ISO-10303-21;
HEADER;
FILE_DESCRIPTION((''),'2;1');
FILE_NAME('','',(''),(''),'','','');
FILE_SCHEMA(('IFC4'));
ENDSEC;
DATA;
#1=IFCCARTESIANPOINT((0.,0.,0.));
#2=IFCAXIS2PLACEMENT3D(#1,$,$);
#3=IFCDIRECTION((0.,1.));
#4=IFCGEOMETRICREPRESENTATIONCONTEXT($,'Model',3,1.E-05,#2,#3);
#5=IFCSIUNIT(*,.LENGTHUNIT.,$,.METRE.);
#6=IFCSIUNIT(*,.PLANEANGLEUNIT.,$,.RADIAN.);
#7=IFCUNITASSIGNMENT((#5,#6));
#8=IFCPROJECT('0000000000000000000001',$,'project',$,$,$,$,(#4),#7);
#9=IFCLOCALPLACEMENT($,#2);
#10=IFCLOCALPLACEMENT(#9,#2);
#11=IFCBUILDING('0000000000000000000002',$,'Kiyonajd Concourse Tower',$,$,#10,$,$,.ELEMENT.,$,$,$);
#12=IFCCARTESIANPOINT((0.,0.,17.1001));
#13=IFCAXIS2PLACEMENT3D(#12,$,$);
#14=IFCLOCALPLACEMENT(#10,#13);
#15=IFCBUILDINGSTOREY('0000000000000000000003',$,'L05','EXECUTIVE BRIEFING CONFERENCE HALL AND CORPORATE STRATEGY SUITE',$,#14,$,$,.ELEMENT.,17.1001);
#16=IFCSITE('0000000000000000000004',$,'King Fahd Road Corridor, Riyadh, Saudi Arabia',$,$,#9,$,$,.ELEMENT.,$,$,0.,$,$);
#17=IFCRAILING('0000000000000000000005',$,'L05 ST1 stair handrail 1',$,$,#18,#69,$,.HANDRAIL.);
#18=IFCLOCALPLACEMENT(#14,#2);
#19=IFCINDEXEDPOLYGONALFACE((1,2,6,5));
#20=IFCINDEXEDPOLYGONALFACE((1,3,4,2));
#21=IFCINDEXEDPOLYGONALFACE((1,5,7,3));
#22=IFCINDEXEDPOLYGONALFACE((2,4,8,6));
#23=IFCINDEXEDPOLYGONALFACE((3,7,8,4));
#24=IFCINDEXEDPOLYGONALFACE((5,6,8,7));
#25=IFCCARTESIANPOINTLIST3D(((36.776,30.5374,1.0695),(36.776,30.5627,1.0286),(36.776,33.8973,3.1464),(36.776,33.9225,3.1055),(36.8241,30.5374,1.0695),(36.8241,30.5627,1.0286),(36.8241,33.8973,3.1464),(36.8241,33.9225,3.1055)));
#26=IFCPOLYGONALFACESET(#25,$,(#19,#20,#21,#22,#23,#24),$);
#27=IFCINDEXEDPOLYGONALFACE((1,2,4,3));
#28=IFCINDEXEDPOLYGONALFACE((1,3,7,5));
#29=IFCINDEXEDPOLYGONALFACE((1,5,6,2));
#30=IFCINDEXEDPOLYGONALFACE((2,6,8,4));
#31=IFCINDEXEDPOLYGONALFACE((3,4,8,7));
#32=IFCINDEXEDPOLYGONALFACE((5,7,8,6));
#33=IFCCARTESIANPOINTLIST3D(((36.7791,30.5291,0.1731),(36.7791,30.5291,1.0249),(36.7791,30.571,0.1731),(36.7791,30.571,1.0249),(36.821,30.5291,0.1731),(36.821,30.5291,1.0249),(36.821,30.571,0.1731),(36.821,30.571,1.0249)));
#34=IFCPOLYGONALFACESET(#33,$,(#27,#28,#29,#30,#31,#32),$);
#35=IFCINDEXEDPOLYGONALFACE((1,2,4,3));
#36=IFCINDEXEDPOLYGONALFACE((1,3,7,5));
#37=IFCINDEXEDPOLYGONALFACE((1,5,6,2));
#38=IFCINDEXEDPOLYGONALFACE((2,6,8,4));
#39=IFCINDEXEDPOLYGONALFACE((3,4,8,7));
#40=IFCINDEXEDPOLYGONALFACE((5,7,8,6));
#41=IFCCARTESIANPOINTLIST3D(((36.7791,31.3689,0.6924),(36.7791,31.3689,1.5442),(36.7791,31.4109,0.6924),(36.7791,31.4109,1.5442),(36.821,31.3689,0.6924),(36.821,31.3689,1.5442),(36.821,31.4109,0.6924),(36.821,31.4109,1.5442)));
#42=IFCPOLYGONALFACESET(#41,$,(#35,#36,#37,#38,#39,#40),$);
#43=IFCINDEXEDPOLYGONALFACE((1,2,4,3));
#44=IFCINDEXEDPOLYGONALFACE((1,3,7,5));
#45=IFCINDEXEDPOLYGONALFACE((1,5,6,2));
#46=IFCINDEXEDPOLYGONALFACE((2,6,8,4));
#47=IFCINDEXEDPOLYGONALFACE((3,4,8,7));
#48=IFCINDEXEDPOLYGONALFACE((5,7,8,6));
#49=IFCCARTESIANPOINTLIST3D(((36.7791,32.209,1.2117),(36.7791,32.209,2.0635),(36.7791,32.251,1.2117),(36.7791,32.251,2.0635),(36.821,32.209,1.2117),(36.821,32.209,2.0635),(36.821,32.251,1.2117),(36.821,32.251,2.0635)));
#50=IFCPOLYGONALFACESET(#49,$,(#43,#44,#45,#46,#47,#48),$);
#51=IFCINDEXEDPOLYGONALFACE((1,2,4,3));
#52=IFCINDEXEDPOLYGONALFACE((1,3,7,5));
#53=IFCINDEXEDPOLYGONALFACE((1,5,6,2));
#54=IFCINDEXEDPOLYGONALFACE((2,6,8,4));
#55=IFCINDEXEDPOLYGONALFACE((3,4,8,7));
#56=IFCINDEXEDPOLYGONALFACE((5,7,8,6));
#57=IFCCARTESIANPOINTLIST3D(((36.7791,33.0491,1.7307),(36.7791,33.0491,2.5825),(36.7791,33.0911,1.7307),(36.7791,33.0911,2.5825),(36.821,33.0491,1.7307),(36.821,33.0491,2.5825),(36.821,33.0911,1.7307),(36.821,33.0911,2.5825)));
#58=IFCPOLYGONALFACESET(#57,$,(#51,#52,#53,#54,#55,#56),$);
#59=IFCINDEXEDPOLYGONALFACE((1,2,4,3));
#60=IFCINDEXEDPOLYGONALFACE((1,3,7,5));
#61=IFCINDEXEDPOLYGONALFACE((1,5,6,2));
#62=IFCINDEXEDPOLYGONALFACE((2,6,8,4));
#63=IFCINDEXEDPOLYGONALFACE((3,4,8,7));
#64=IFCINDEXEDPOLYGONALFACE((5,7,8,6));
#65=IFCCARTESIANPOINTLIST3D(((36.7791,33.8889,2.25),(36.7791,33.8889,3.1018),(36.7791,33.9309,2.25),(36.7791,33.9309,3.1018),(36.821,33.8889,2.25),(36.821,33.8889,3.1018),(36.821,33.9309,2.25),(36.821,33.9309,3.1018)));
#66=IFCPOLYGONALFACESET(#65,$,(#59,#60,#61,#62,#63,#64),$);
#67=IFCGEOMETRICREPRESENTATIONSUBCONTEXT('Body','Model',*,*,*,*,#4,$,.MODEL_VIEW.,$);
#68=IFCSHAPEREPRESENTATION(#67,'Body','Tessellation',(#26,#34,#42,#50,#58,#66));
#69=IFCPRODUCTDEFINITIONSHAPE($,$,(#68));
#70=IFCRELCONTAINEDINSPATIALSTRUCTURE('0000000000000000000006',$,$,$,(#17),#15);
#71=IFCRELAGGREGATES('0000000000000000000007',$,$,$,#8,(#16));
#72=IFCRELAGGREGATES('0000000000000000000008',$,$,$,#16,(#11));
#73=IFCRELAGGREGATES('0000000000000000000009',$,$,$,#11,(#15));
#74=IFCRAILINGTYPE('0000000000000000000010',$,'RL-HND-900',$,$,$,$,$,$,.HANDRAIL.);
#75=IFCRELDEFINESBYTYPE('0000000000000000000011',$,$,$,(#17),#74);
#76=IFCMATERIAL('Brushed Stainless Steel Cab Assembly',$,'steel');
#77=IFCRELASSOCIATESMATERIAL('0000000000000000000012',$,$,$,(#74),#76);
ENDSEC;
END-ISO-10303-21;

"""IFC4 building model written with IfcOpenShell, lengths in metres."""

from ifc_helpers import new_model, si_unit, direction, frame, origin, origin_2d, place, context, subcontext, project, spatial, rectangle, extrude, material, type_object, element, save


model = new_model("IFC4")

# Units and contexts
model_context = context("Model", 3, precision=1e-05, world=origin(), true_north=direction((0.0, 1.0)))
body_context = subcontext(model_context, "Body", "Model", "MODEL_VIEW")
ifc_project = project(units=[si_unit("LENGTHUNIT", "METRE"), si_unit("PLANEANGLEUNIT", "RADIAN")], contexts=[model_context])

# Site, building, storey
site_placement = place(None, origin())
site = spatial("IfcSite", under=ifc_project, at=site_placement, Name="King Fahd Road Corridor, Riyadh, Saudi Arabia", CompositionType="ELEMENT", RefElevation=0.0)
building_placement = place(site_placement, origin())
building = spatial("IfcBuilding", under=site, at=building_placement, Name="Kiyonajd Concourse Tower", CompositionType="ELEMENT")
storey_placement = place(building_placement, frame((0.0, 0.0, 17.1001)))
storey = spatial("IfcBuildingStorey", under=building, at=storey_placement, Name="L05", Description="EXECUTIVE BRIEFING CONFERENCE HALL AND CORPORATE STRATEGY SUITE", CompositionType="ELEMENT", Elevation=17.1001)

# Shared definitions
ifc_material_1 = material(Name="Brushed Stainless Steel Cab Assembly", Category="steel")

# Railing
railing_type = type_object("IfcRailingType", Name="RL-HND-900", PredefinedType="HANDRAIL", material=ifc_material_1)
railing_placement = place(storey_placement, frame((36.8, 30.55, 0.1731)))
element("IfcRailing", 1, at=railing_placement, inside=storey, type_object=railing_type, Name="L05 ST1 stair handrail 1", PredefinedType="HANDRAIL", context=body_context, shape_type="SweptSolid", body=[
    extrude(rectangle(XDim=0.0481, YDim=0.0481, at=origin_2d()), frame((0.0, 0.0, 0.876), z_axis=(0.0, 0.850606, 0.525803), x_axis=(-1.0, 0.0, 0.0)), (0.0, 0.0, 1.0), 3.95),
    extrude(rectangle(XDim=0.042, YDim=0.042, at=origin_2d()), origin(), (0.0, 0.0, 1.0), 0.8518),
    extrude(rectangle(XDim=0.042, YDim=0.042, at=origin_2d()), frame((0.0, 0.8398, 0.5193)), (0.0, 0.0, 1.0), 0.8518),
    extrude(rectangle(XDim=0.042, YDim=0.042, at=origin_2d()), frame((0.0, 1.6799, 1.0386)), (0.0, 0.0, 1.0), 0.8518),
    extrude(rectangle(XDim=0.042, YDim=0.042, at=origin_2d()), frame((0.0, 2.52, 1.5576)), (0.0, 0.0, 1.0), 0.8518),
    extrude(rectangle(XDim=0.042, YDim=0.042, at=origin_2d()), frame((0.0, 3.3599, 2.0769)), (0.0, 0.0, 1.0), 0.8518),
])

save(model, "model.ifc")
